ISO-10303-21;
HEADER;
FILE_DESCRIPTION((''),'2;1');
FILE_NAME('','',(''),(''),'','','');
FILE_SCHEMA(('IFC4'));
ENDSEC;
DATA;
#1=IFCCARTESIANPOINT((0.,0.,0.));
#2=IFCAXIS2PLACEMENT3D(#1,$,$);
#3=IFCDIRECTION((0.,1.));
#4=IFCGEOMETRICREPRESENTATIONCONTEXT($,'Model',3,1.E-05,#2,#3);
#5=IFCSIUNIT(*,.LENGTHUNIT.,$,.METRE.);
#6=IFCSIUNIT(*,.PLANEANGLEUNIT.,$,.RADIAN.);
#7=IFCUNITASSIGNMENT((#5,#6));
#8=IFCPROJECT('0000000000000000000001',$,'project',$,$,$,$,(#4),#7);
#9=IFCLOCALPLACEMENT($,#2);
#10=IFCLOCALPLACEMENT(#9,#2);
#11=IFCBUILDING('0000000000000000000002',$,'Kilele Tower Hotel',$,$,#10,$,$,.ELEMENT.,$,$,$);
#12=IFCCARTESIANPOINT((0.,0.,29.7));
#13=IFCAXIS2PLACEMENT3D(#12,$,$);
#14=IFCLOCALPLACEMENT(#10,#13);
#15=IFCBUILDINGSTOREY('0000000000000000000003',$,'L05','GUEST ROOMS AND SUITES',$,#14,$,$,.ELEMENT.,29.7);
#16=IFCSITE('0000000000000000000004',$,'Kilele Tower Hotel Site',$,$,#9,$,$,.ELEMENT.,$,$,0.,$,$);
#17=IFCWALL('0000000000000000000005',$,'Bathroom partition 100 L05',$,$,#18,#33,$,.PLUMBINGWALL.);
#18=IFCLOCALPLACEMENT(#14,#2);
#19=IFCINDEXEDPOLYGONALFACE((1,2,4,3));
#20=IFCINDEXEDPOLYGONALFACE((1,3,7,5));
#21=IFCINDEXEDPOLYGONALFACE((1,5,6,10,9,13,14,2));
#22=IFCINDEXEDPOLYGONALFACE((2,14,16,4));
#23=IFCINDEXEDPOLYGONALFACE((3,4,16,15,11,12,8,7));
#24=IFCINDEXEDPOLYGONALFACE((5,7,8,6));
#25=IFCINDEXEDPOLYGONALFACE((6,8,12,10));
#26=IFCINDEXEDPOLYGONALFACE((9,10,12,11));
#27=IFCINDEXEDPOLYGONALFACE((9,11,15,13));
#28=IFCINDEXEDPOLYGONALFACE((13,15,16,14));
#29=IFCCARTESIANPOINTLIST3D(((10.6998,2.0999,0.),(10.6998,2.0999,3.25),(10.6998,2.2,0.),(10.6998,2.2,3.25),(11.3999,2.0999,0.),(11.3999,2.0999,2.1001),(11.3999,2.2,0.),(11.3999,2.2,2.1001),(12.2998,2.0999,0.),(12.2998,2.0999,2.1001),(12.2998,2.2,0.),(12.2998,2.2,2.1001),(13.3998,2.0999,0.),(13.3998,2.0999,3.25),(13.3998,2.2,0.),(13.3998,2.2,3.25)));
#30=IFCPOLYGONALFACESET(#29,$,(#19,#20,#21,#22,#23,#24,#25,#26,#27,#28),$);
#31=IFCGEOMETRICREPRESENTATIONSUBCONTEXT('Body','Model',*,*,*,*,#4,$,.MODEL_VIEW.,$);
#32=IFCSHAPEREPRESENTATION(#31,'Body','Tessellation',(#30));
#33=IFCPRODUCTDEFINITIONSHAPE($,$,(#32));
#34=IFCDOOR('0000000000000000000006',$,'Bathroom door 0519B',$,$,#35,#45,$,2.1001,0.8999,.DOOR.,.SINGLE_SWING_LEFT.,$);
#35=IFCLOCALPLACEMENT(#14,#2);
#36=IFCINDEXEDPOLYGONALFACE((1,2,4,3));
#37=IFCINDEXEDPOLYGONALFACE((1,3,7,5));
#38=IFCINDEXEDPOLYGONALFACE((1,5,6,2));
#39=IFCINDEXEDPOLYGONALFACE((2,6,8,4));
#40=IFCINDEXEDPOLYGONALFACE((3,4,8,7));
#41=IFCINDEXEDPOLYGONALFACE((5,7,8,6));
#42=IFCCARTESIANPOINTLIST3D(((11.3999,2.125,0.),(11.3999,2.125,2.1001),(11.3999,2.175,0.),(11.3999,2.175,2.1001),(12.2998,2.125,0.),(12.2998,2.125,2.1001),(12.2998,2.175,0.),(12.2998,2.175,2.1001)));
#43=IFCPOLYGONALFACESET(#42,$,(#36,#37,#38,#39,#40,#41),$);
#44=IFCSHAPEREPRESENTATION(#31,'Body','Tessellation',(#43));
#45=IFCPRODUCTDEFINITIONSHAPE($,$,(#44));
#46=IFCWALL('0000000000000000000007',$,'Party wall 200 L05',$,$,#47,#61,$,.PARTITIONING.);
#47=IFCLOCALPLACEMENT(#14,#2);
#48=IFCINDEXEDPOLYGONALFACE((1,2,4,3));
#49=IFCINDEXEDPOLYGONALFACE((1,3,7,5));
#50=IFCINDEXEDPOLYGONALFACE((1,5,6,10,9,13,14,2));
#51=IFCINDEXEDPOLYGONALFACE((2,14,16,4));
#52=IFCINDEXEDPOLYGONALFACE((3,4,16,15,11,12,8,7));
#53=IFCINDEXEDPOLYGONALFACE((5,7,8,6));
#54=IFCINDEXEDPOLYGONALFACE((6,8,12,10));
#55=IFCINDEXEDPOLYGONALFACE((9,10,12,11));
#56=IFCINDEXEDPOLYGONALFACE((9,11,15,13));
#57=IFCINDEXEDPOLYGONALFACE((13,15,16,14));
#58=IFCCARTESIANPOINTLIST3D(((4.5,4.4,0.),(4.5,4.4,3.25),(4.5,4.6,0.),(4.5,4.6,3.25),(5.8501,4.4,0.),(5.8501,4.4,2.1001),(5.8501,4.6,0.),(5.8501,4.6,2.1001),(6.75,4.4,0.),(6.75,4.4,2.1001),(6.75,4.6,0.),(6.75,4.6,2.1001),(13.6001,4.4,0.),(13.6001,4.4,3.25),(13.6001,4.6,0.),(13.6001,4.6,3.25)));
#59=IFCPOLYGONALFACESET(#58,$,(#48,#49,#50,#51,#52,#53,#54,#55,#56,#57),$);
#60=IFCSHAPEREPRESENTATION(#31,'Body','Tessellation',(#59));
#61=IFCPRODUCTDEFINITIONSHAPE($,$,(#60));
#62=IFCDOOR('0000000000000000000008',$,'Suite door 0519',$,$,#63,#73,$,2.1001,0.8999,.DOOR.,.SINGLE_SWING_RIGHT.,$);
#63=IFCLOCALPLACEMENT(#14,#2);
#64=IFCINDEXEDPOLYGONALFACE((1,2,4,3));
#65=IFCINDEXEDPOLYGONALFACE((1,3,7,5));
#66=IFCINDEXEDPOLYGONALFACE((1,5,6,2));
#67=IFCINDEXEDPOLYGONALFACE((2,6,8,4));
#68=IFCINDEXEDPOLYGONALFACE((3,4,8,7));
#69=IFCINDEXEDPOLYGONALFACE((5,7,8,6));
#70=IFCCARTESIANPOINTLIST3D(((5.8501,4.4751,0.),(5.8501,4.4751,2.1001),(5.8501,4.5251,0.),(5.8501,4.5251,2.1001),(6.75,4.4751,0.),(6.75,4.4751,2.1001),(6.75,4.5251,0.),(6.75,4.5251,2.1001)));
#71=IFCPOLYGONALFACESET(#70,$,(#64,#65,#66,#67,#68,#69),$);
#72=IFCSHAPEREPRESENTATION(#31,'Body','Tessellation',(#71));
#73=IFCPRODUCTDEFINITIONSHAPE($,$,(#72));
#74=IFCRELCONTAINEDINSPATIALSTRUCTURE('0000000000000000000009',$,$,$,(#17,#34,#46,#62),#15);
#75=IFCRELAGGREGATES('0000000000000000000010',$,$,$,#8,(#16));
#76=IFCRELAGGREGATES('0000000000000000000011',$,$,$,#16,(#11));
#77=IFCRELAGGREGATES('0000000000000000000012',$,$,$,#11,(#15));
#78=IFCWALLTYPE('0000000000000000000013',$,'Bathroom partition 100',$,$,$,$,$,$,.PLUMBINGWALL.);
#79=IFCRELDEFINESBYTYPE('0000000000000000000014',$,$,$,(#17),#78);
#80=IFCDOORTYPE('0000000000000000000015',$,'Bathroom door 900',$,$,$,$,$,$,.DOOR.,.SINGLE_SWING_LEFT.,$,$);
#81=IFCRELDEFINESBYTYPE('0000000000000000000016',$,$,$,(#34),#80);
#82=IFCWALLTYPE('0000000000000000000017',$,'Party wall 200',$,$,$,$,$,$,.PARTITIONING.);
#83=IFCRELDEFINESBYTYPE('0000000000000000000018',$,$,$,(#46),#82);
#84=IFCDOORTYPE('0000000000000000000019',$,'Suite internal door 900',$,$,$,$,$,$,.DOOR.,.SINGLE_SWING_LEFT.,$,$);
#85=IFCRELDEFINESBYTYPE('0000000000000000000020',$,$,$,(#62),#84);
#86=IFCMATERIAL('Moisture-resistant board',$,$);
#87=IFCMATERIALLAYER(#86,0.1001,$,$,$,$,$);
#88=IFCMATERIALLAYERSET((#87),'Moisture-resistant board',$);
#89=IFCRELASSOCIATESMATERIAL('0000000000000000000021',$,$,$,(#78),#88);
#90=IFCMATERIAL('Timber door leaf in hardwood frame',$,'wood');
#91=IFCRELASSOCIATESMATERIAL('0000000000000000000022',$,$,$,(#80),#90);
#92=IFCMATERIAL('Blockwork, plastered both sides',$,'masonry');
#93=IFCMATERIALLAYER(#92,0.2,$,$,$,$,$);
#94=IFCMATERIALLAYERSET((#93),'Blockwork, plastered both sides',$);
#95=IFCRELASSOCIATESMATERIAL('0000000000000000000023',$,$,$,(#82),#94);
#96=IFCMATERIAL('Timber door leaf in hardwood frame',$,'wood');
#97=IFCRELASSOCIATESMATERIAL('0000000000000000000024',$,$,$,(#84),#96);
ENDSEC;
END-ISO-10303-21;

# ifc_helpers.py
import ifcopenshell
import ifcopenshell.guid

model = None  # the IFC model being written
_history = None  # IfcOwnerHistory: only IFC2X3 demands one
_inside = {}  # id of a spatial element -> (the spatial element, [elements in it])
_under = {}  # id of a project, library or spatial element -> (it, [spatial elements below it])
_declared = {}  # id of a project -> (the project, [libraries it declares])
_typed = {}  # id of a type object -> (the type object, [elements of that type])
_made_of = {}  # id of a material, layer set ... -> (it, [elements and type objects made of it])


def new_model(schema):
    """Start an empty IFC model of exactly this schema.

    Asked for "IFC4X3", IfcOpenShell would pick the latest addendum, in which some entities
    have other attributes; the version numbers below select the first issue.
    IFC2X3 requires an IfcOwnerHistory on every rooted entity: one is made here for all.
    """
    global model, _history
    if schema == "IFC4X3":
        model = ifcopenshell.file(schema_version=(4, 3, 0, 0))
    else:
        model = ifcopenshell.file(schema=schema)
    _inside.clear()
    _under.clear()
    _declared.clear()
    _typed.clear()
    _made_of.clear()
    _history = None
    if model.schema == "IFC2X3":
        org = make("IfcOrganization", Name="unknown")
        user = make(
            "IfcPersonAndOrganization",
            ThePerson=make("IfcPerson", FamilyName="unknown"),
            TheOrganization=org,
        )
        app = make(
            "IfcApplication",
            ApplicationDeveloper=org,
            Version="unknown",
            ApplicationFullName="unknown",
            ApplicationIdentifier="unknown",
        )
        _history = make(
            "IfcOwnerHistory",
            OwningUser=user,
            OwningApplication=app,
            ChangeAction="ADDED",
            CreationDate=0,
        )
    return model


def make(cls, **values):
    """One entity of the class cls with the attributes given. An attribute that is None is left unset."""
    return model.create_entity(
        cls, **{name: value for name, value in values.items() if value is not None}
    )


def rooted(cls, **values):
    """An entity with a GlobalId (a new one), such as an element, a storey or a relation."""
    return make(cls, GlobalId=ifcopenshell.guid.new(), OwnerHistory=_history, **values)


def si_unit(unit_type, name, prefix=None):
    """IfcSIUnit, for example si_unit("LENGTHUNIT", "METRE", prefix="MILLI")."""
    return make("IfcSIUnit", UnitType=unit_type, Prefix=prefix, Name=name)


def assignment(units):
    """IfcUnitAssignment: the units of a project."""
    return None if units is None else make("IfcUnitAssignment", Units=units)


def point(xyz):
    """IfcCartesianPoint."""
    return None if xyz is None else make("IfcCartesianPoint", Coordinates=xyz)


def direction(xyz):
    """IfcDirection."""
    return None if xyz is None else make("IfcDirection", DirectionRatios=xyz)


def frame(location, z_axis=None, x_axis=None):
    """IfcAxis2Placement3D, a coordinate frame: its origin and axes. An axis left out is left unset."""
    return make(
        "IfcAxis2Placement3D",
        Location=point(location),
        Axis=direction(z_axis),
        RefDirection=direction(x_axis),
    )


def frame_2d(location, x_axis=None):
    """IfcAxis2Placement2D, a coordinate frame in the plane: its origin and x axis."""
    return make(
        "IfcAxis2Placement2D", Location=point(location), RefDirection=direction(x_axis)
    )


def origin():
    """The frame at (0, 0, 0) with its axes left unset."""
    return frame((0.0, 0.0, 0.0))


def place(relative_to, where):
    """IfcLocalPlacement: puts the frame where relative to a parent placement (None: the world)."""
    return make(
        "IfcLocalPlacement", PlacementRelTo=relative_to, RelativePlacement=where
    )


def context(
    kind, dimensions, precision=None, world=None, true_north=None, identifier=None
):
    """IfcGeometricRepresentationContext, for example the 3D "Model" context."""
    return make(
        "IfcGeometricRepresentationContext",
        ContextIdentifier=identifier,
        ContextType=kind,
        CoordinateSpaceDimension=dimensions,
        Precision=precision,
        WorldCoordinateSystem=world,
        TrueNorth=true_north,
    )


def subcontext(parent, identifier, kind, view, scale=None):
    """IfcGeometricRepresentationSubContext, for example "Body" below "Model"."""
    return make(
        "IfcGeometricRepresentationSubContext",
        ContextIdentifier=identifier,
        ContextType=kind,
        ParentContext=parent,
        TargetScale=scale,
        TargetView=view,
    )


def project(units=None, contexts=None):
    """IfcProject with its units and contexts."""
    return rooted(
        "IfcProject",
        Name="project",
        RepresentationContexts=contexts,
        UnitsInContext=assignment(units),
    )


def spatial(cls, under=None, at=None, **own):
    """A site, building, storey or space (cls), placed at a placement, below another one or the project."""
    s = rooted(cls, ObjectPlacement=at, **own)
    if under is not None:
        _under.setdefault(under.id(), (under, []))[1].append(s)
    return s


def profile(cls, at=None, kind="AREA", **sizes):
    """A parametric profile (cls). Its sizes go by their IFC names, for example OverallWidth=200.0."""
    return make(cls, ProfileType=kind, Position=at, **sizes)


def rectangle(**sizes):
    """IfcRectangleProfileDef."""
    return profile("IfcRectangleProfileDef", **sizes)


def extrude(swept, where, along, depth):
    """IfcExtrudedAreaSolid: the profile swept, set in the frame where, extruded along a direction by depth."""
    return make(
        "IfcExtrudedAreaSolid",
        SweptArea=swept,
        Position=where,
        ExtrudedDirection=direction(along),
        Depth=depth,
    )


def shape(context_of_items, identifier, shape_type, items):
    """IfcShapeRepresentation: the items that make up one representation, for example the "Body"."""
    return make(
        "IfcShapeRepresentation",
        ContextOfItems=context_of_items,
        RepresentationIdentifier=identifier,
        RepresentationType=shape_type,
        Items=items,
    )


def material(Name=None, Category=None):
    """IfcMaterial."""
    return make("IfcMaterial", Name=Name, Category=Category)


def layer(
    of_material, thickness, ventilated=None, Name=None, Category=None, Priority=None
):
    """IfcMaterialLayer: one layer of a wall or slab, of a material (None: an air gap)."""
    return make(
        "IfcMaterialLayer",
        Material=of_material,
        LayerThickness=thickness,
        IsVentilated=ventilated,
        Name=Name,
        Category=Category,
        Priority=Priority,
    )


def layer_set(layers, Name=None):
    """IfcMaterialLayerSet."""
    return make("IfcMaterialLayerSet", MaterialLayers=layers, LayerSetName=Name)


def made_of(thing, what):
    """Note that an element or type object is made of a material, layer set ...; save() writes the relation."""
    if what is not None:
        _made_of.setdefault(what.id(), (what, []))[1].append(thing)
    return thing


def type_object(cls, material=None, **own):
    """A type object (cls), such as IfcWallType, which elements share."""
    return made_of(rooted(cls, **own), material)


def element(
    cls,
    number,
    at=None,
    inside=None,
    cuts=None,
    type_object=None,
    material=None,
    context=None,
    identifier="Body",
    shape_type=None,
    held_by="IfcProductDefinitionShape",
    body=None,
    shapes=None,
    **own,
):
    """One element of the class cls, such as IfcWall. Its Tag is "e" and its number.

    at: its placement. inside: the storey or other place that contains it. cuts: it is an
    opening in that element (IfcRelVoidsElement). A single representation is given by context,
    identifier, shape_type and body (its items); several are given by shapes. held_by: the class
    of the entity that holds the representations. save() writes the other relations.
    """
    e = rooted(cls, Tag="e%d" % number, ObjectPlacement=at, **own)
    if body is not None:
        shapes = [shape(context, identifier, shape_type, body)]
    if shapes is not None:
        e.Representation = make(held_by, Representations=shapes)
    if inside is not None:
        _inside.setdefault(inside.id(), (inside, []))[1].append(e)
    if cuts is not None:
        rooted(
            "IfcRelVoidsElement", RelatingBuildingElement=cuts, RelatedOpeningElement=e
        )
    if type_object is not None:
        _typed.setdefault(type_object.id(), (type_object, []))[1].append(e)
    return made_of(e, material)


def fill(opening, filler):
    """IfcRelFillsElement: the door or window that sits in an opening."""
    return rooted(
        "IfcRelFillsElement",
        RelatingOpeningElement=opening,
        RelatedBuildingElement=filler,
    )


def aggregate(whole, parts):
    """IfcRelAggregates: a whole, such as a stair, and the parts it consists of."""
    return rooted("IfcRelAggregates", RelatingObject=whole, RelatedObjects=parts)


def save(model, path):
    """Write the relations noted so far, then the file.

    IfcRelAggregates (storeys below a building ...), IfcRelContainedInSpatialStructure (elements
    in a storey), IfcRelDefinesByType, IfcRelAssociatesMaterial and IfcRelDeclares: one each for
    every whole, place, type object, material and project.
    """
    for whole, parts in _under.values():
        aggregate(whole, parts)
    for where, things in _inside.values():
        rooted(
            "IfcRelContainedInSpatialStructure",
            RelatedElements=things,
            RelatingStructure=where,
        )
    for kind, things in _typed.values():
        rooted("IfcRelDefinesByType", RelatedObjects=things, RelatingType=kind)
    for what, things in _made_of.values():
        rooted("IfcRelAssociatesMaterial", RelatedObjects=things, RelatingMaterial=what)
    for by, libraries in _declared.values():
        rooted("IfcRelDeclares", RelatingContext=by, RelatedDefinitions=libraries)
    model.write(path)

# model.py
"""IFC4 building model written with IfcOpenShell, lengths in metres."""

from ifc_helpers import new_model, si_unit, direction, frame, frame_2d, origin, place, context, subcontext, project, spatial, rectangle, extrude, material, layer, layer_set, type_object, element, fill, save


model = new_model("IFC4")

# Units and contexts
model_context = context("Model", 3, precision=1e-05, world=origin(), true_north=direction((0.0, 1.0)))
body_context = subcontext(model_context, "Body", "Model", "MODEL_VIEW")
ifc_project = project(units=[si_unit("LENGTHUNIT", "METRE"), si_unit("PLANEANGLEUNIT", "RADIAN")], contexts=[model_context])

# Site, building, storey
site_placement = place(None, origin())
site = spatial("IfcSite", under=ifc_project, at=site_placement, Name="Kilele Tower Hotel Site", CompositionType="ELEMENT", RefElevation=0.0)
building_placement = place(site_placement, origin())
building = spatial("IfcBuilding", under=site, at=building_placement, Name="Kilele Tower Hotel", CompositionType="ELEMENT")
storey_placement = place(building_placement, frame((0.0, 0.0, 29.7)))
storey = spatial("IfcBuildingStorey", under=building, at=storey_placement, Name="L05", Description="GUEST ROOMS AND SUITES", CompositionType="ELEMENT", Elevation=29.7)

# Shared definitions
ifc_material_1 = material(Name="Moisture-resistant board")
ifc_layer_1 = layer(ifc_material_1, 0.1001)
ifc_layer_set_1 = layer_set([ifc_layer_1], Name="Moisture-resistant board")
wall_type_1 = type_object("IfcWallType", Name="Bathroom partition 100", PredefinedType="PLUMBINGWALL", material=ifc_layer_set_1)

# Shared definitions
ifc_material_2 = material(Name="Timber door leaf in hardwood frame", Category="wood")
door_type_1 = type_object("IfcDoorType", Name="Bathroom door 900", OperationType="SINGLE_SWING_LEFT", PredefinedType="DOOR", material=ifc_material_2)

# Walls, openings, doors
wall_1_placement = place(storey_placement, frame((13.3999, 2.1499, 0.0), z_axis=(0.0, 0.0, 1.0), x_axis=(-1.0, 0.0, 0.0)))
wall_1 = element("IfcWall", 1, at=wall_1_placement, inside=storey, type_object=wall_type_1, Name="Bathroom partition 100 L05", PredefinedType="PLUMBINGWALL", context=body_context, shape_type="SweptSolid", body=[
    extrude(rectangle(XDim=2.7, YDim=0.1001, at=frame_2d((1.3501, 0.0))), origin(), (0.0, 0.0, 1.0), 3.25),
])
opening_1_placement = place(wall_1_placement, frame((1.1001, 0.0, 0.0)))
opening_1 = element("IfcOpeningElement", 2, at=opening_1_placement, cuts=wall_1, PredefinedType="OPENING", context=body_context, shape_type="SweptSolid", body=[
    extrude(rectangle(XDim=0.8999, YDim=2.1001, at=frame_2d((0.45, 1.05))), frame((0.0, 0.0601, 0.0), z_axis=(0.0, -1.0, 0.0), x_axis=(1.0, 0.0, 0.0)), (0.0, 0.0, 1.0), 0.1201),
])
door_1_placement = place(opening_1_placement, origin())
door_1 = element("IfcDoor", 3, at=door_1_placement, inside=storey, type_object=door_type_1, Name="Bathroom door 0519B", OperationType="SINGLE_SWING_LEFT", OverallHeight=2.1001, OverallWidth=0.8999, PredefinedType="DOOR", context=body_context, shape_type="SweptSolid", body=[
    extrude(rectangle(XDim=0.8999, YDim=2.1001, at=frame_2d((0.45, 1.05))), frame((0.0, 0.0249, 0.0), z_axis=(0.0, -1.0, 0.0), x_axis=(1.0, 0.0, 0.0)), (0.0, 0.0, 1.0), 0.05),
])
fill(opening_1, door_1)
ifc_material_3 = material(Name="Blockwork, plastered both sides", Category="masonry")
ifc_layer_2 = layer(ifc_material_3, 0.2)
ifc_layer_set_2 = layer_set([ifc_layer_2], Name="Blockwork, plastered both sides")
wall_type_2 = type_object("IfcWallType", Name="Party wall 200", PredefinedType="PARTITIONING", material=ifc_layer_set_2)
wall_2_placement = place(storey_placement, frame((13.6001, 4.5, 0.0), z_axis=(0.0, 0.0, 1.0), x_axis=(-1.0, 0.0, 0.0)))
wall_2 = element("IfcWall", 4, at=wall_2_placement, inside=storey, type_object=wall_type_2, Name="Party wall 200 L05", PredefinedType="PARTITIONING", context=body_context, shape_type="SweptSolid", body=[
    extrude(rectangle(XDim=9.1001, YDim=0.2, at=frame_2d((4.55, 0.0))), origin(), (0.0, 0.0, 1.0), 3.25),
])
opening_2_placement = place(wall_2_placement, frame((6.8501, 0.0, 0.0)))
opening_2 = element("IfcOpeningElement", 5, at=opening_2_placement, cuts=wall_2, PredefinedType="OPENING", context=body_context, shape_type="SweptSolid", body=[
    extrude(rectangle(XDim=0.8999, YDim=2.1001, at=frame_2d((0.45, 1.05))), frame((0.0, 0.1099, 0.0), z_axis=(0.0, -1.0, 0.0), x_axis=(1.0, 0.0, 0.0)), (0.0, 0.0, 1.0), 0.22),
])
ifc_material_4 = material(Name="Timber door leaf in hardwood frame", Category="wood")
door_type_2 = type_object("IfcDoorType", Name="Suite internal door 900", OperationType="SINGLE_SWING_LEFT", PredefinedType="DOOR", material=ifc_material_4)
door_2_placement = place(opening_2_placement, origin())
door_2 = element("IfcDoor", 6, at=door_2_placement, inside=storey, type_object=door_type_2, Name="Suite door 0519", OperationType="SINGLE_SWING_RIGHT", OverallHeight=2.1001, OverallWidth=0.8999, PredefinedType="DOOR", context=body_context, shape_type="SweptSolid", body=[
    extrude(rectangle(XDim=0.8999, YDim=2.1001, at=frame_2d((0.45, 1.05))), frame((0.0, 0.0249, 0.0), z_axis=(0.0, -1.0, 0.0), x_axis=(1.0, 0.0, 0.0)), (0.0, 0.0, 1.0), 0.05),
])
fill(opening_2, door_2)

save(model, "model.ifc")
